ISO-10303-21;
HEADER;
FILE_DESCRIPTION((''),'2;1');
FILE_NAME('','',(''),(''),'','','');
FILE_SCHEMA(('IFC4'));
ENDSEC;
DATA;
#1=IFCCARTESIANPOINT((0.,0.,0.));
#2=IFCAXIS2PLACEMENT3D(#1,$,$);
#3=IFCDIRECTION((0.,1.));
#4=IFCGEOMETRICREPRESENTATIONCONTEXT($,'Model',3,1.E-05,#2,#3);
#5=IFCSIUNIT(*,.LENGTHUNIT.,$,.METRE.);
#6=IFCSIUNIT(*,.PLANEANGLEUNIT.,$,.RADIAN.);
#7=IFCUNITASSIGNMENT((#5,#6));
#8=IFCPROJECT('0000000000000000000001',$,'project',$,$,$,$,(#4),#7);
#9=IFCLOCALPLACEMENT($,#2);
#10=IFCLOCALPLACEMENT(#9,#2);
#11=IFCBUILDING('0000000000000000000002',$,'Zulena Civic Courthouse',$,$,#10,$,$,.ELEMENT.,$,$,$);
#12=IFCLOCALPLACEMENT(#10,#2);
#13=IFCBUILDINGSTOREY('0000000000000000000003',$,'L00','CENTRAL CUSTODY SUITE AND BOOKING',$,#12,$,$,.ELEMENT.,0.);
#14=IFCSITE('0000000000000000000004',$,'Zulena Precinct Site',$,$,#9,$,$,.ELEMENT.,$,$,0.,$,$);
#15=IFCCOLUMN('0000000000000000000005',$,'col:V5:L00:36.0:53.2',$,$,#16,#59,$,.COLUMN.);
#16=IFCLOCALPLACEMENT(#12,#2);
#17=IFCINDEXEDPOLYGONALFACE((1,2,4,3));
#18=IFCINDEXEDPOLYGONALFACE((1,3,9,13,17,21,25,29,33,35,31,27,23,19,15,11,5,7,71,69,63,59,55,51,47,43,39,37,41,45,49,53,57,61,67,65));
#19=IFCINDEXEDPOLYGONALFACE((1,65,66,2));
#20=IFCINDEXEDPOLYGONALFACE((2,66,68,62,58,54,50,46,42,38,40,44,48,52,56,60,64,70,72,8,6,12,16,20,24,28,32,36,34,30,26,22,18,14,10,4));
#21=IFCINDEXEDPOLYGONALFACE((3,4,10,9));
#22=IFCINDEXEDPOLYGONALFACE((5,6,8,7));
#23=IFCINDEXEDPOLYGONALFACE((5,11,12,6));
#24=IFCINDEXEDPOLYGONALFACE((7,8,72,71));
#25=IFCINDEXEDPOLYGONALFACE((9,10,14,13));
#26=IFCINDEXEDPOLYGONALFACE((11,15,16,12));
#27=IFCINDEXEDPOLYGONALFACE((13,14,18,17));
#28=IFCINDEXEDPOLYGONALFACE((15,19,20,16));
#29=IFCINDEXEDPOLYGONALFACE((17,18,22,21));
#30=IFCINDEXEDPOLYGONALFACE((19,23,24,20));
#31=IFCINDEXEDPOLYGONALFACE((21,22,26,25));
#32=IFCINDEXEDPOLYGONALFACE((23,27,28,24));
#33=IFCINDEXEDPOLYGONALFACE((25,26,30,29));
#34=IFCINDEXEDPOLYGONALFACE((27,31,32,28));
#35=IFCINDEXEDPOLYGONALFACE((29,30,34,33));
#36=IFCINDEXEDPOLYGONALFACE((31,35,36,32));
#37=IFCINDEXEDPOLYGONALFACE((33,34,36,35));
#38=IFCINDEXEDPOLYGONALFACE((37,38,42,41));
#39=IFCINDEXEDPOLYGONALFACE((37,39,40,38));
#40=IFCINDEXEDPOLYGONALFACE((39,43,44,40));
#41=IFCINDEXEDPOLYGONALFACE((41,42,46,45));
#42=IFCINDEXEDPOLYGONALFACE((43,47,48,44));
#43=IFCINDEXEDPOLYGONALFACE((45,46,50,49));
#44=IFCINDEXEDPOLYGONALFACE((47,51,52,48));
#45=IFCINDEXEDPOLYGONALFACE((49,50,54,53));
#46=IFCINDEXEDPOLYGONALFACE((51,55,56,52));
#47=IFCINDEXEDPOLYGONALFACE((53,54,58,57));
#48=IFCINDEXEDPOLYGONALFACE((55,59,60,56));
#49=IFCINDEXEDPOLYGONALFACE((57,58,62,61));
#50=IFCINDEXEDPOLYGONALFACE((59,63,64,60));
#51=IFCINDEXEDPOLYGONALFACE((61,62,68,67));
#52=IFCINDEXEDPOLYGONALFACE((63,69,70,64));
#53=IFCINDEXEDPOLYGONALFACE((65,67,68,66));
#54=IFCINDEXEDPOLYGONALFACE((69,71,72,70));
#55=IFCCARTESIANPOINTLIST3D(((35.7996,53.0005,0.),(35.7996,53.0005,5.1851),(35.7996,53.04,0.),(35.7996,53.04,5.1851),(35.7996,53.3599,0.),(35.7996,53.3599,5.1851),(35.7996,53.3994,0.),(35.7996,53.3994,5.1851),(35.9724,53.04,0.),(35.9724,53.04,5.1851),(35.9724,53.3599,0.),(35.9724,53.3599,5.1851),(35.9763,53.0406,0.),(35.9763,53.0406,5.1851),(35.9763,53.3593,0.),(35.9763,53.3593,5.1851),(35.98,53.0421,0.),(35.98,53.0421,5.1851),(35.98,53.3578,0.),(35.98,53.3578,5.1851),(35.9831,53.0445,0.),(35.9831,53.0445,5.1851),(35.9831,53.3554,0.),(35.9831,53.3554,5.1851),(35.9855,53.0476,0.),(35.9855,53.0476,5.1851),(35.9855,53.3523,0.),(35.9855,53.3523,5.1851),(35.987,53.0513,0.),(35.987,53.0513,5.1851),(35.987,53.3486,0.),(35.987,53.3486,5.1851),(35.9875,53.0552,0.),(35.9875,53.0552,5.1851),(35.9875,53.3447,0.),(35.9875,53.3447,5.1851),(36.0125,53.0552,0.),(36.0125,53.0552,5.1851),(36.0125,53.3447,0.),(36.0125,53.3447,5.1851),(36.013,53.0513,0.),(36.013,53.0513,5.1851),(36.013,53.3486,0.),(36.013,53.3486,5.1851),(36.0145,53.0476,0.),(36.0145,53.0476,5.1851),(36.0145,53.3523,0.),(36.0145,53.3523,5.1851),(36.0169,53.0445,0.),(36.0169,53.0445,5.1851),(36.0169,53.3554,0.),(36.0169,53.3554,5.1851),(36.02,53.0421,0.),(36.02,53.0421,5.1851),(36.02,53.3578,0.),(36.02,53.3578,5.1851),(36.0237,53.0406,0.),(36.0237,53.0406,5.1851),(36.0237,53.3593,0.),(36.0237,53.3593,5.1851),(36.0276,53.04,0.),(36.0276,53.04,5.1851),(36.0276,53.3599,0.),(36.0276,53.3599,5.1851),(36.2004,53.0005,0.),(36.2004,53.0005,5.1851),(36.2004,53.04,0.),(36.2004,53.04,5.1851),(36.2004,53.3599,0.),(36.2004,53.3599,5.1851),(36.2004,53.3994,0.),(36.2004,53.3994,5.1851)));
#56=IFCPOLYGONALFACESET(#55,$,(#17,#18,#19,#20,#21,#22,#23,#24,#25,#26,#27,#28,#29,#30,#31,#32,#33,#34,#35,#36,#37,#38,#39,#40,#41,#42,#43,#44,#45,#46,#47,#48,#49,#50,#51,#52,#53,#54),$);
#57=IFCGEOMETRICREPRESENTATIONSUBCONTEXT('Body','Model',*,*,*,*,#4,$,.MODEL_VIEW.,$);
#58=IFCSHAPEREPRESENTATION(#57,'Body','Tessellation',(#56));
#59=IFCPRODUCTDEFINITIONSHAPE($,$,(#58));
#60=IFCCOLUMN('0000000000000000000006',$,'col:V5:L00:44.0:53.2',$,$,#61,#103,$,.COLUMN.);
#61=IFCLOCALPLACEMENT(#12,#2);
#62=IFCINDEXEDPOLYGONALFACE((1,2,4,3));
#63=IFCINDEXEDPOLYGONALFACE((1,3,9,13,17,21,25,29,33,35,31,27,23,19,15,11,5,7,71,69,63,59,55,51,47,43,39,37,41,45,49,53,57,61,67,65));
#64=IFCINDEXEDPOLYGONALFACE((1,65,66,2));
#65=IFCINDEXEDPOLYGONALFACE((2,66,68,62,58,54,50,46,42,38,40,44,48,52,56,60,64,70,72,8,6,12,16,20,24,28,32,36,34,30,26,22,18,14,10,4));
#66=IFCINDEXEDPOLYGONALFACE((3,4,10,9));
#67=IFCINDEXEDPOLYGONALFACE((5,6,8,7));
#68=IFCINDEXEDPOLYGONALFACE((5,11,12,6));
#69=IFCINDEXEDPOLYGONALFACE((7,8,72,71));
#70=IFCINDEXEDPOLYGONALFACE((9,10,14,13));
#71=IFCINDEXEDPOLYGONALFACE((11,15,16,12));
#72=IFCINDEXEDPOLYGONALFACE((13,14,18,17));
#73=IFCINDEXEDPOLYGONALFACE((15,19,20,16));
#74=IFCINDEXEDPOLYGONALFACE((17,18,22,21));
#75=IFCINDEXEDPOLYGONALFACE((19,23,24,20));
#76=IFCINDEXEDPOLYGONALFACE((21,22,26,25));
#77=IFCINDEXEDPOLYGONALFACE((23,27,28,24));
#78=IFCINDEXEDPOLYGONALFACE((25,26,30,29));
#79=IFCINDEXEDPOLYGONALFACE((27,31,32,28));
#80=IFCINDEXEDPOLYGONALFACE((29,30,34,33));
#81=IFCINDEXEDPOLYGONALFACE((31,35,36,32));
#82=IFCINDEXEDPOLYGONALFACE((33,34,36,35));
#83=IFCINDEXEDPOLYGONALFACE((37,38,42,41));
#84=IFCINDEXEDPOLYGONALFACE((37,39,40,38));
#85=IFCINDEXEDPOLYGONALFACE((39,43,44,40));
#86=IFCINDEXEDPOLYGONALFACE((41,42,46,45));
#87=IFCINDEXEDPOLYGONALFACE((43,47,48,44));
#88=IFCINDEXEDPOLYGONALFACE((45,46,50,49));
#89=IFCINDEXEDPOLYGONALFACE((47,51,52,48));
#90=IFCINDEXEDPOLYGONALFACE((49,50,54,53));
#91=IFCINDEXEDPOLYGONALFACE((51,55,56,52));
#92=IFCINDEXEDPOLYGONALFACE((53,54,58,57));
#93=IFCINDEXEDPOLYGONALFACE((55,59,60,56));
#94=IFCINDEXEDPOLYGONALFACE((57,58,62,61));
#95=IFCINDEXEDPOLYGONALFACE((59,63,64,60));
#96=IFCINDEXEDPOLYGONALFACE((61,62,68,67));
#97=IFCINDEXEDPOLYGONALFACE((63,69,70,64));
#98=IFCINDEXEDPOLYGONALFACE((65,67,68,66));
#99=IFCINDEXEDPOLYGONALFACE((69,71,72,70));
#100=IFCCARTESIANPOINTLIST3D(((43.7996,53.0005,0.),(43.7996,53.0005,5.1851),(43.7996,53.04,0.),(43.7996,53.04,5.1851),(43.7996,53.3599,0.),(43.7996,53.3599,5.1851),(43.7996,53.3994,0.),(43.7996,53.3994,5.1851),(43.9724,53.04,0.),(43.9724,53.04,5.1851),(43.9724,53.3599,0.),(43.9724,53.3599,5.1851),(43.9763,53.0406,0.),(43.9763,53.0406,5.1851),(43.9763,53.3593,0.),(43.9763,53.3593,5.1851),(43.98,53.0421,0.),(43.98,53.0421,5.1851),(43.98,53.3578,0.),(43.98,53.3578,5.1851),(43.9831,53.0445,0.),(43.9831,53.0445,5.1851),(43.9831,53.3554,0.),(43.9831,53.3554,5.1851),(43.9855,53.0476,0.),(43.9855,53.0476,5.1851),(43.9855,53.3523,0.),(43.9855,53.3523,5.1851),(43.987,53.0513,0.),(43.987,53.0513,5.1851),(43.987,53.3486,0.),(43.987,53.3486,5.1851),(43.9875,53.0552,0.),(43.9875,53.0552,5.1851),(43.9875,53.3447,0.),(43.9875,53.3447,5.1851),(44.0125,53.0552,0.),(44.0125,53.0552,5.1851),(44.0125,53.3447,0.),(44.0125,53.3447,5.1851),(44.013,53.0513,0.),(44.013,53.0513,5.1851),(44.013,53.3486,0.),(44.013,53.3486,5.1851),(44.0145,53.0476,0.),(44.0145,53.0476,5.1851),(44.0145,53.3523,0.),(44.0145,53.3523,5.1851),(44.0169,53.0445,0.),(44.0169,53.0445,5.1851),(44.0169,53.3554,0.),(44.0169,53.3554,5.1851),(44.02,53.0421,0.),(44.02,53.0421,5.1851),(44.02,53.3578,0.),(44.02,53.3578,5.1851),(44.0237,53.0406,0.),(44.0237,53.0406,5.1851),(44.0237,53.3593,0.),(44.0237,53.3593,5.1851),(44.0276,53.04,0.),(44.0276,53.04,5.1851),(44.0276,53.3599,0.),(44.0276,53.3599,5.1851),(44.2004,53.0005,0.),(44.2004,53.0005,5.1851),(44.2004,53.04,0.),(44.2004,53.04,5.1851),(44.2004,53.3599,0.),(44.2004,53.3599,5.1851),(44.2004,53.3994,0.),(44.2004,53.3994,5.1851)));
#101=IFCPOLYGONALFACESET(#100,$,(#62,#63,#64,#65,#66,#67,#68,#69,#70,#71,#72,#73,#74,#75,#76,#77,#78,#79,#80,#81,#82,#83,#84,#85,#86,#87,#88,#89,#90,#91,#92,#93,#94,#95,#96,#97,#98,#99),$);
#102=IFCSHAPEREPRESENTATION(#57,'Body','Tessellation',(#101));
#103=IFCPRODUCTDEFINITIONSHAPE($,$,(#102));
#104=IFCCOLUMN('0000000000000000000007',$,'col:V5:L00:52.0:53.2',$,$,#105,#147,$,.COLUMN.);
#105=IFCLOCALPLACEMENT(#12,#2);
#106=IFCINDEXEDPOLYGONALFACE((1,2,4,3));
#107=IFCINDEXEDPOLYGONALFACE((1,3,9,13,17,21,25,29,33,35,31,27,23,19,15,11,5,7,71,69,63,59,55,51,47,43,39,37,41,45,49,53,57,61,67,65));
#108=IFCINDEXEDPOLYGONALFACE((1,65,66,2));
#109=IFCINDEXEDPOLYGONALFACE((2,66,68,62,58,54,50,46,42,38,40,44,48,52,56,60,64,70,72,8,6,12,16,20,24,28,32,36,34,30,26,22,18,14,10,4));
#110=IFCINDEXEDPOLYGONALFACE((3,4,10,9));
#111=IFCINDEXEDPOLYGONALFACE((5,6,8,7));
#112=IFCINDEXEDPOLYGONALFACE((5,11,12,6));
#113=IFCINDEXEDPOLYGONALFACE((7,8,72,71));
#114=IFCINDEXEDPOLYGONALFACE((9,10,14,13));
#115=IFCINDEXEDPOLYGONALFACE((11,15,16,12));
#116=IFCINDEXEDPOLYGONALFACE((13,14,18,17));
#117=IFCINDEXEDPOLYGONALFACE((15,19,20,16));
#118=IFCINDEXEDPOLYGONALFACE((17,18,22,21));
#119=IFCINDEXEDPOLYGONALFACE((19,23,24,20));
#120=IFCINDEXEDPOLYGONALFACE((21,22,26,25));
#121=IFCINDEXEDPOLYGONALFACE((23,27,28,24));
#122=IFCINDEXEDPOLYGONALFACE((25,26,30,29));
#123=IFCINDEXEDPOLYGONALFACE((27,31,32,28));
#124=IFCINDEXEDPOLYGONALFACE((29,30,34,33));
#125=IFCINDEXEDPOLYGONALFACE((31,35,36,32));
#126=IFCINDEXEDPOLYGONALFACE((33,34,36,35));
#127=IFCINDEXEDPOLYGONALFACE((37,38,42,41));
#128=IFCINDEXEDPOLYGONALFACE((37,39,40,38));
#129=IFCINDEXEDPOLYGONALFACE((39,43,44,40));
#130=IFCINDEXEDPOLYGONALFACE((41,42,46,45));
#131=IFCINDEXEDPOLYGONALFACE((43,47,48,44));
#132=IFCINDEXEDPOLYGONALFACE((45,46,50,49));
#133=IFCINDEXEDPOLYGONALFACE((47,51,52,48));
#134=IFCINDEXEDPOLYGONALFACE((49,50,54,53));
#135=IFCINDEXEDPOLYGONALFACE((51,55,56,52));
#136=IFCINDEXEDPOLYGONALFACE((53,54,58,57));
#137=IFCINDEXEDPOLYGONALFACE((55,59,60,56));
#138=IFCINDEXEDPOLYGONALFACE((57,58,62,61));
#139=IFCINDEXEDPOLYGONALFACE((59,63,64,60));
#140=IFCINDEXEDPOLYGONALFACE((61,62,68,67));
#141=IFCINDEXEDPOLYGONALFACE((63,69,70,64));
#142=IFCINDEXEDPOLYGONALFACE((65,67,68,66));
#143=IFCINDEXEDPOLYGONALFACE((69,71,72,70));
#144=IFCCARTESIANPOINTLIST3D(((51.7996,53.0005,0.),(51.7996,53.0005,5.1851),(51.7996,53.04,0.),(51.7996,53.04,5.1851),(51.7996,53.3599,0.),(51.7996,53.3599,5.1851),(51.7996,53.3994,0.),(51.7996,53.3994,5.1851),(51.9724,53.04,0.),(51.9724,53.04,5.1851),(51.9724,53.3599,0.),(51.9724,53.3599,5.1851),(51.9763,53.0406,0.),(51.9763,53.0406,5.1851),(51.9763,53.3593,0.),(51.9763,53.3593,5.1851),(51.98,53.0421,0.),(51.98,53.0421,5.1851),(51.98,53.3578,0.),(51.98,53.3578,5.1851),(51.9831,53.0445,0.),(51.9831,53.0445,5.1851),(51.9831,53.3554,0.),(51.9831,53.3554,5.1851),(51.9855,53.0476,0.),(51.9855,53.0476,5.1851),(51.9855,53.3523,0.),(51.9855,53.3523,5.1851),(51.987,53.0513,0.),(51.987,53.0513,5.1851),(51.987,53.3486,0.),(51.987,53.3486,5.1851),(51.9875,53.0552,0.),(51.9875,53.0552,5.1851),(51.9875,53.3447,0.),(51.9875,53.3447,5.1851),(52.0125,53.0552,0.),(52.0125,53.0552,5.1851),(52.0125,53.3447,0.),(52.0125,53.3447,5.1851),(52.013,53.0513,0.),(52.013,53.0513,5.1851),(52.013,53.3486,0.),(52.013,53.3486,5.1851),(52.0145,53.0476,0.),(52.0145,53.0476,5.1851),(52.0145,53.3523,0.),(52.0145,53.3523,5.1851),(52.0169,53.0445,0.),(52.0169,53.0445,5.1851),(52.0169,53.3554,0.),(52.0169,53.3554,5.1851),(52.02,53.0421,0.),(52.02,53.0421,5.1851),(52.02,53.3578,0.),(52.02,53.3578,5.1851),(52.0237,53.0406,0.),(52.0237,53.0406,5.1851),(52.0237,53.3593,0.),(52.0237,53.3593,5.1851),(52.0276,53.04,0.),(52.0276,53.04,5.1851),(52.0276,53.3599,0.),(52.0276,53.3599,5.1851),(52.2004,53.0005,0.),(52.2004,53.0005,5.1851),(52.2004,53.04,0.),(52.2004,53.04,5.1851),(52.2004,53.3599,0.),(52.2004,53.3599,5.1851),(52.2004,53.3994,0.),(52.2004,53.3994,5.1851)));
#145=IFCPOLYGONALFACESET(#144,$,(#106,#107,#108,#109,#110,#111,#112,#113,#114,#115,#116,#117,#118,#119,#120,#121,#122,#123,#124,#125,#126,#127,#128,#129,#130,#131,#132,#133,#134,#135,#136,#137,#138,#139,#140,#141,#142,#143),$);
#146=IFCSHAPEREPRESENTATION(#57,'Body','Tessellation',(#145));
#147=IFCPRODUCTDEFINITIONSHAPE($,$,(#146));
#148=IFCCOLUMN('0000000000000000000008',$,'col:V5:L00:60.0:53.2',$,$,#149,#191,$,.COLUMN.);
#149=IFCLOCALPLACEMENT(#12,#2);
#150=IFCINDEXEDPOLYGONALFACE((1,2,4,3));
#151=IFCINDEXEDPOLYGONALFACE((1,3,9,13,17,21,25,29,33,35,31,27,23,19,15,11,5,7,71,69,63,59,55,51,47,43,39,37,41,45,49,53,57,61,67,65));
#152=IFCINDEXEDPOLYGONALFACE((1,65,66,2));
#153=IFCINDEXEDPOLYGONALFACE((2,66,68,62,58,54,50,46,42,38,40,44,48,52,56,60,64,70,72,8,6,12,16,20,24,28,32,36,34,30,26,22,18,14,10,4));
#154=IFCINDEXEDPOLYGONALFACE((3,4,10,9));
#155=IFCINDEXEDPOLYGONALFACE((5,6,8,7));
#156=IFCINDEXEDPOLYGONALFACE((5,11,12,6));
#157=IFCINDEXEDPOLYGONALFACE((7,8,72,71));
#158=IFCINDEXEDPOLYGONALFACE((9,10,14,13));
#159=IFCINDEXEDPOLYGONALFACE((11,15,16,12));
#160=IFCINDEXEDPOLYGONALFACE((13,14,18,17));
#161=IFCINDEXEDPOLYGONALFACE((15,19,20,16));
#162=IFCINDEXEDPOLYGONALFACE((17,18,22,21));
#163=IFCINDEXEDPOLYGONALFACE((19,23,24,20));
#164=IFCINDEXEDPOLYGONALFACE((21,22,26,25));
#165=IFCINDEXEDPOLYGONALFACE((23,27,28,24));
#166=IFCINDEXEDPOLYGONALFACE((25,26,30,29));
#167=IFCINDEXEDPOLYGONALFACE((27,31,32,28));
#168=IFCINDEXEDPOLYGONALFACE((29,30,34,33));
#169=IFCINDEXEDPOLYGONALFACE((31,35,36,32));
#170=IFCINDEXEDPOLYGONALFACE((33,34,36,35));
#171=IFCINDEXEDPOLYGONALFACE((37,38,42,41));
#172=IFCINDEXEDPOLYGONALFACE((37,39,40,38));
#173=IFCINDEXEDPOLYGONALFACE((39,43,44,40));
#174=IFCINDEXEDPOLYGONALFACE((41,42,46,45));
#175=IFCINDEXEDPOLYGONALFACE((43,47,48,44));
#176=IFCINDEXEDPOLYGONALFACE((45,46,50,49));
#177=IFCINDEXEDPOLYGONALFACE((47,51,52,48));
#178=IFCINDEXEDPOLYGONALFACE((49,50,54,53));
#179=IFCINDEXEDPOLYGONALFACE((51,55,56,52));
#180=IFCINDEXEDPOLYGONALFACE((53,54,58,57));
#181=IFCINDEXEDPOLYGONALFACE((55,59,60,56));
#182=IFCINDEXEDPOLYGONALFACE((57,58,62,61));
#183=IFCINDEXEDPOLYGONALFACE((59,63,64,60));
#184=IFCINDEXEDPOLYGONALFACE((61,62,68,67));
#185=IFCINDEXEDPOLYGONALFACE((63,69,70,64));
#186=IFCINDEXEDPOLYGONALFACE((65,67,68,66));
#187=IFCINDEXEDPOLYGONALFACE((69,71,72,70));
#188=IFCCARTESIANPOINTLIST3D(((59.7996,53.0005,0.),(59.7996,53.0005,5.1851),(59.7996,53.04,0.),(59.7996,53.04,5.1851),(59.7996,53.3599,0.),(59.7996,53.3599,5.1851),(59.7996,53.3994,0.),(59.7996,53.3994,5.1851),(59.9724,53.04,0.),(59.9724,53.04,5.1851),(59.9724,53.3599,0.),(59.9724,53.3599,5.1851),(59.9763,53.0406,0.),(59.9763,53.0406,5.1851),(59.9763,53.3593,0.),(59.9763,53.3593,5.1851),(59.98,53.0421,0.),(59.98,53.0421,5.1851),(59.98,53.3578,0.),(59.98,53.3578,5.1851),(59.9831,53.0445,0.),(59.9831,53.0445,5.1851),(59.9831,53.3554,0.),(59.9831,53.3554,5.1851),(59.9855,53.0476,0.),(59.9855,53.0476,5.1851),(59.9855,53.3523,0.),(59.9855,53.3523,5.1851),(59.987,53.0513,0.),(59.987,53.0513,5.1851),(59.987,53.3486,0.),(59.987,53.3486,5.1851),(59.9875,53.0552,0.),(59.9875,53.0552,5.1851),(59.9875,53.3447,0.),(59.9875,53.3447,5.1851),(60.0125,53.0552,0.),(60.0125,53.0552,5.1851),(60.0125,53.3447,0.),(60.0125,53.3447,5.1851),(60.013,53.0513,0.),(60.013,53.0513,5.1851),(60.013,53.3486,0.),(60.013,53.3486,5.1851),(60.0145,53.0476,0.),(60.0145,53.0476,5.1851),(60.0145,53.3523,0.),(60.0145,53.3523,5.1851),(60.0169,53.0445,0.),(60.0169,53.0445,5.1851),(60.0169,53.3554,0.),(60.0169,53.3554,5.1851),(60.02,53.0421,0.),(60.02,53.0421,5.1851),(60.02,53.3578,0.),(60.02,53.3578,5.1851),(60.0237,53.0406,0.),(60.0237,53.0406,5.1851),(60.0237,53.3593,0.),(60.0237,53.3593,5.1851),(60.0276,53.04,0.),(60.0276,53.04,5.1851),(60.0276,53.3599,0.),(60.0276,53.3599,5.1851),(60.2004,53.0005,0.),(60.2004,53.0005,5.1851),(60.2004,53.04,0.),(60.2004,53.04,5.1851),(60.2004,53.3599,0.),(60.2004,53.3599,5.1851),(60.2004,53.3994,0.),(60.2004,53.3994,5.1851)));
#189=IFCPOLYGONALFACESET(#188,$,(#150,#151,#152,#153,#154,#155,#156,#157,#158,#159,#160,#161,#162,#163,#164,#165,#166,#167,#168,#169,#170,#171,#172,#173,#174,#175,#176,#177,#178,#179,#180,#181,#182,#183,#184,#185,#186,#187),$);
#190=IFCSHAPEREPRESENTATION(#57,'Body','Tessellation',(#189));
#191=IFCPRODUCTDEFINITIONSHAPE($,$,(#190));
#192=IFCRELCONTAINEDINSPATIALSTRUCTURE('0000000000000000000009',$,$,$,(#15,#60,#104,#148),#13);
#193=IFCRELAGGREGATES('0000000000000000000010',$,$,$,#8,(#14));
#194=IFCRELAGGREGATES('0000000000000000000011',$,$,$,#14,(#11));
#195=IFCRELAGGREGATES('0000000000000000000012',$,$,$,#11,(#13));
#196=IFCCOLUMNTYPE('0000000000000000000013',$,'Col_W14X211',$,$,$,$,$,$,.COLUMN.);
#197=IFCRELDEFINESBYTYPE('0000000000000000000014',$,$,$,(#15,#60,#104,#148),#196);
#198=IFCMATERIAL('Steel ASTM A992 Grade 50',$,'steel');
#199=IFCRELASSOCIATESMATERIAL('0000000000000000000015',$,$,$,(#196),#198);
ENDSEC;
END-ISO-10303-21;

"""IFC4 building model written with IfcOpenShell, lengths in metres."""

from ifc_helpers import new_model, si_unit, direction, frame, origin, origin_2d, place, context, subcontext, project, spatial, i_section, extrude, material, material_profile, profile_set, type_object, element, save


model = new_model("IFC4")

# Units and contexts
model_context = context("Model", 3, precision=1e-05, world=origin(), true_north=direction((0.0, 1.0)))
body_context = subcontext(model_context, "Body", "Model", "MODEL_VIEW")
ifc_project = project(units=[si_unit("LENGTHUNIT", "METRE"), si_unit("PLANEANGLEUNIT", "RADIAN")], contexts=[model_context])

# Site, building, storey
site_placement = place(None, origin())
site = spatial("IfcSite", under=ifc_project, at=site_placement, Name="Zulena Precinct Site", CompositionType="ELEMENT", RefElevation=0.0)
building_placement = place(site_placement, origin())
building = spatial("IfcBuilding", under=site, at=building_placement, Name="Zulena Civic Courthouse", CompositionType="ELEMENT")
storey_placement = place(building_placement, origin())
storey = spatial("IfcBuildingStorey", under=building, at=storey_placement, Name="L00", Description="CENTRAL CUSTODY SUITE AND BOOKING", CompositionType="ELEMENT", Elevation=0.0)

# Columns
ifc_material_1 = material(Name="Steel ASTM A992 Grade 50", Category="steel")
ifc_material_profile_1 = material_profile(ifc_material_1, i_section(OverallWidth=0.4009, OverallDepth=0.3989, WebThickness=0.0249, FlangeThickness=0.0396, FilletRadius=0.0151, at=origin_2d()), Name="W14X211")
ifc_profile_set_1 = profile_set([ifc_material_profile_1], Name="Steel ASTM A992 Grade 50")
column_type = type_object("IfcColumnType", Name="Col_W14X211", PredefinedType="COLUMN", material=ifc_profile_set_1)
for number, where, z_axis, x_axis, name in (
    (1, (36.0, 53.2, 0.0), (0.0, 0.0, 1.0), (1.0, 0.0, 0.0), "col:V5:L00:36.0:53.2"),
    (2, (44.0, 53.2, 0.0), (0.0, 0.0, 1.0), (1.0, 0.0, 0.0), "col:V5:L00:44.0:53.2"),
    (3, (52.0, 53.2, 0.0), (0.0, 0.0, 1.0), (1.0, 0.0, 0.0), "col:V5:L00:52.0:53.2"),
    (4, (60.0, 53.2, 0.0), (0.0, 0.0, 1.0), (1.0, 0.0, 0.0), "col:V5:L00:60.0:53.2"),
):
    element("IfcColumn", number, at=place(storey_placement, frame(where, z_axis=z_axis, x_axis=x_axis)), inside=storey, type_object=column_type, Name=name, PredefinedType="COLUMN", context=body_context, shape_type="SweptSolid", body=[
        extrude(i_section(OverallWidth=0.4009, OverallDepth=0.3989, WebThickness=0.0249, FlangeThickness=0.0396, FilletRadius=0.0151, at=origin_2d()), origin(), (0.0, 0.0, 1.0), 5.1851),
    ])

save(model, "model.ifc")
